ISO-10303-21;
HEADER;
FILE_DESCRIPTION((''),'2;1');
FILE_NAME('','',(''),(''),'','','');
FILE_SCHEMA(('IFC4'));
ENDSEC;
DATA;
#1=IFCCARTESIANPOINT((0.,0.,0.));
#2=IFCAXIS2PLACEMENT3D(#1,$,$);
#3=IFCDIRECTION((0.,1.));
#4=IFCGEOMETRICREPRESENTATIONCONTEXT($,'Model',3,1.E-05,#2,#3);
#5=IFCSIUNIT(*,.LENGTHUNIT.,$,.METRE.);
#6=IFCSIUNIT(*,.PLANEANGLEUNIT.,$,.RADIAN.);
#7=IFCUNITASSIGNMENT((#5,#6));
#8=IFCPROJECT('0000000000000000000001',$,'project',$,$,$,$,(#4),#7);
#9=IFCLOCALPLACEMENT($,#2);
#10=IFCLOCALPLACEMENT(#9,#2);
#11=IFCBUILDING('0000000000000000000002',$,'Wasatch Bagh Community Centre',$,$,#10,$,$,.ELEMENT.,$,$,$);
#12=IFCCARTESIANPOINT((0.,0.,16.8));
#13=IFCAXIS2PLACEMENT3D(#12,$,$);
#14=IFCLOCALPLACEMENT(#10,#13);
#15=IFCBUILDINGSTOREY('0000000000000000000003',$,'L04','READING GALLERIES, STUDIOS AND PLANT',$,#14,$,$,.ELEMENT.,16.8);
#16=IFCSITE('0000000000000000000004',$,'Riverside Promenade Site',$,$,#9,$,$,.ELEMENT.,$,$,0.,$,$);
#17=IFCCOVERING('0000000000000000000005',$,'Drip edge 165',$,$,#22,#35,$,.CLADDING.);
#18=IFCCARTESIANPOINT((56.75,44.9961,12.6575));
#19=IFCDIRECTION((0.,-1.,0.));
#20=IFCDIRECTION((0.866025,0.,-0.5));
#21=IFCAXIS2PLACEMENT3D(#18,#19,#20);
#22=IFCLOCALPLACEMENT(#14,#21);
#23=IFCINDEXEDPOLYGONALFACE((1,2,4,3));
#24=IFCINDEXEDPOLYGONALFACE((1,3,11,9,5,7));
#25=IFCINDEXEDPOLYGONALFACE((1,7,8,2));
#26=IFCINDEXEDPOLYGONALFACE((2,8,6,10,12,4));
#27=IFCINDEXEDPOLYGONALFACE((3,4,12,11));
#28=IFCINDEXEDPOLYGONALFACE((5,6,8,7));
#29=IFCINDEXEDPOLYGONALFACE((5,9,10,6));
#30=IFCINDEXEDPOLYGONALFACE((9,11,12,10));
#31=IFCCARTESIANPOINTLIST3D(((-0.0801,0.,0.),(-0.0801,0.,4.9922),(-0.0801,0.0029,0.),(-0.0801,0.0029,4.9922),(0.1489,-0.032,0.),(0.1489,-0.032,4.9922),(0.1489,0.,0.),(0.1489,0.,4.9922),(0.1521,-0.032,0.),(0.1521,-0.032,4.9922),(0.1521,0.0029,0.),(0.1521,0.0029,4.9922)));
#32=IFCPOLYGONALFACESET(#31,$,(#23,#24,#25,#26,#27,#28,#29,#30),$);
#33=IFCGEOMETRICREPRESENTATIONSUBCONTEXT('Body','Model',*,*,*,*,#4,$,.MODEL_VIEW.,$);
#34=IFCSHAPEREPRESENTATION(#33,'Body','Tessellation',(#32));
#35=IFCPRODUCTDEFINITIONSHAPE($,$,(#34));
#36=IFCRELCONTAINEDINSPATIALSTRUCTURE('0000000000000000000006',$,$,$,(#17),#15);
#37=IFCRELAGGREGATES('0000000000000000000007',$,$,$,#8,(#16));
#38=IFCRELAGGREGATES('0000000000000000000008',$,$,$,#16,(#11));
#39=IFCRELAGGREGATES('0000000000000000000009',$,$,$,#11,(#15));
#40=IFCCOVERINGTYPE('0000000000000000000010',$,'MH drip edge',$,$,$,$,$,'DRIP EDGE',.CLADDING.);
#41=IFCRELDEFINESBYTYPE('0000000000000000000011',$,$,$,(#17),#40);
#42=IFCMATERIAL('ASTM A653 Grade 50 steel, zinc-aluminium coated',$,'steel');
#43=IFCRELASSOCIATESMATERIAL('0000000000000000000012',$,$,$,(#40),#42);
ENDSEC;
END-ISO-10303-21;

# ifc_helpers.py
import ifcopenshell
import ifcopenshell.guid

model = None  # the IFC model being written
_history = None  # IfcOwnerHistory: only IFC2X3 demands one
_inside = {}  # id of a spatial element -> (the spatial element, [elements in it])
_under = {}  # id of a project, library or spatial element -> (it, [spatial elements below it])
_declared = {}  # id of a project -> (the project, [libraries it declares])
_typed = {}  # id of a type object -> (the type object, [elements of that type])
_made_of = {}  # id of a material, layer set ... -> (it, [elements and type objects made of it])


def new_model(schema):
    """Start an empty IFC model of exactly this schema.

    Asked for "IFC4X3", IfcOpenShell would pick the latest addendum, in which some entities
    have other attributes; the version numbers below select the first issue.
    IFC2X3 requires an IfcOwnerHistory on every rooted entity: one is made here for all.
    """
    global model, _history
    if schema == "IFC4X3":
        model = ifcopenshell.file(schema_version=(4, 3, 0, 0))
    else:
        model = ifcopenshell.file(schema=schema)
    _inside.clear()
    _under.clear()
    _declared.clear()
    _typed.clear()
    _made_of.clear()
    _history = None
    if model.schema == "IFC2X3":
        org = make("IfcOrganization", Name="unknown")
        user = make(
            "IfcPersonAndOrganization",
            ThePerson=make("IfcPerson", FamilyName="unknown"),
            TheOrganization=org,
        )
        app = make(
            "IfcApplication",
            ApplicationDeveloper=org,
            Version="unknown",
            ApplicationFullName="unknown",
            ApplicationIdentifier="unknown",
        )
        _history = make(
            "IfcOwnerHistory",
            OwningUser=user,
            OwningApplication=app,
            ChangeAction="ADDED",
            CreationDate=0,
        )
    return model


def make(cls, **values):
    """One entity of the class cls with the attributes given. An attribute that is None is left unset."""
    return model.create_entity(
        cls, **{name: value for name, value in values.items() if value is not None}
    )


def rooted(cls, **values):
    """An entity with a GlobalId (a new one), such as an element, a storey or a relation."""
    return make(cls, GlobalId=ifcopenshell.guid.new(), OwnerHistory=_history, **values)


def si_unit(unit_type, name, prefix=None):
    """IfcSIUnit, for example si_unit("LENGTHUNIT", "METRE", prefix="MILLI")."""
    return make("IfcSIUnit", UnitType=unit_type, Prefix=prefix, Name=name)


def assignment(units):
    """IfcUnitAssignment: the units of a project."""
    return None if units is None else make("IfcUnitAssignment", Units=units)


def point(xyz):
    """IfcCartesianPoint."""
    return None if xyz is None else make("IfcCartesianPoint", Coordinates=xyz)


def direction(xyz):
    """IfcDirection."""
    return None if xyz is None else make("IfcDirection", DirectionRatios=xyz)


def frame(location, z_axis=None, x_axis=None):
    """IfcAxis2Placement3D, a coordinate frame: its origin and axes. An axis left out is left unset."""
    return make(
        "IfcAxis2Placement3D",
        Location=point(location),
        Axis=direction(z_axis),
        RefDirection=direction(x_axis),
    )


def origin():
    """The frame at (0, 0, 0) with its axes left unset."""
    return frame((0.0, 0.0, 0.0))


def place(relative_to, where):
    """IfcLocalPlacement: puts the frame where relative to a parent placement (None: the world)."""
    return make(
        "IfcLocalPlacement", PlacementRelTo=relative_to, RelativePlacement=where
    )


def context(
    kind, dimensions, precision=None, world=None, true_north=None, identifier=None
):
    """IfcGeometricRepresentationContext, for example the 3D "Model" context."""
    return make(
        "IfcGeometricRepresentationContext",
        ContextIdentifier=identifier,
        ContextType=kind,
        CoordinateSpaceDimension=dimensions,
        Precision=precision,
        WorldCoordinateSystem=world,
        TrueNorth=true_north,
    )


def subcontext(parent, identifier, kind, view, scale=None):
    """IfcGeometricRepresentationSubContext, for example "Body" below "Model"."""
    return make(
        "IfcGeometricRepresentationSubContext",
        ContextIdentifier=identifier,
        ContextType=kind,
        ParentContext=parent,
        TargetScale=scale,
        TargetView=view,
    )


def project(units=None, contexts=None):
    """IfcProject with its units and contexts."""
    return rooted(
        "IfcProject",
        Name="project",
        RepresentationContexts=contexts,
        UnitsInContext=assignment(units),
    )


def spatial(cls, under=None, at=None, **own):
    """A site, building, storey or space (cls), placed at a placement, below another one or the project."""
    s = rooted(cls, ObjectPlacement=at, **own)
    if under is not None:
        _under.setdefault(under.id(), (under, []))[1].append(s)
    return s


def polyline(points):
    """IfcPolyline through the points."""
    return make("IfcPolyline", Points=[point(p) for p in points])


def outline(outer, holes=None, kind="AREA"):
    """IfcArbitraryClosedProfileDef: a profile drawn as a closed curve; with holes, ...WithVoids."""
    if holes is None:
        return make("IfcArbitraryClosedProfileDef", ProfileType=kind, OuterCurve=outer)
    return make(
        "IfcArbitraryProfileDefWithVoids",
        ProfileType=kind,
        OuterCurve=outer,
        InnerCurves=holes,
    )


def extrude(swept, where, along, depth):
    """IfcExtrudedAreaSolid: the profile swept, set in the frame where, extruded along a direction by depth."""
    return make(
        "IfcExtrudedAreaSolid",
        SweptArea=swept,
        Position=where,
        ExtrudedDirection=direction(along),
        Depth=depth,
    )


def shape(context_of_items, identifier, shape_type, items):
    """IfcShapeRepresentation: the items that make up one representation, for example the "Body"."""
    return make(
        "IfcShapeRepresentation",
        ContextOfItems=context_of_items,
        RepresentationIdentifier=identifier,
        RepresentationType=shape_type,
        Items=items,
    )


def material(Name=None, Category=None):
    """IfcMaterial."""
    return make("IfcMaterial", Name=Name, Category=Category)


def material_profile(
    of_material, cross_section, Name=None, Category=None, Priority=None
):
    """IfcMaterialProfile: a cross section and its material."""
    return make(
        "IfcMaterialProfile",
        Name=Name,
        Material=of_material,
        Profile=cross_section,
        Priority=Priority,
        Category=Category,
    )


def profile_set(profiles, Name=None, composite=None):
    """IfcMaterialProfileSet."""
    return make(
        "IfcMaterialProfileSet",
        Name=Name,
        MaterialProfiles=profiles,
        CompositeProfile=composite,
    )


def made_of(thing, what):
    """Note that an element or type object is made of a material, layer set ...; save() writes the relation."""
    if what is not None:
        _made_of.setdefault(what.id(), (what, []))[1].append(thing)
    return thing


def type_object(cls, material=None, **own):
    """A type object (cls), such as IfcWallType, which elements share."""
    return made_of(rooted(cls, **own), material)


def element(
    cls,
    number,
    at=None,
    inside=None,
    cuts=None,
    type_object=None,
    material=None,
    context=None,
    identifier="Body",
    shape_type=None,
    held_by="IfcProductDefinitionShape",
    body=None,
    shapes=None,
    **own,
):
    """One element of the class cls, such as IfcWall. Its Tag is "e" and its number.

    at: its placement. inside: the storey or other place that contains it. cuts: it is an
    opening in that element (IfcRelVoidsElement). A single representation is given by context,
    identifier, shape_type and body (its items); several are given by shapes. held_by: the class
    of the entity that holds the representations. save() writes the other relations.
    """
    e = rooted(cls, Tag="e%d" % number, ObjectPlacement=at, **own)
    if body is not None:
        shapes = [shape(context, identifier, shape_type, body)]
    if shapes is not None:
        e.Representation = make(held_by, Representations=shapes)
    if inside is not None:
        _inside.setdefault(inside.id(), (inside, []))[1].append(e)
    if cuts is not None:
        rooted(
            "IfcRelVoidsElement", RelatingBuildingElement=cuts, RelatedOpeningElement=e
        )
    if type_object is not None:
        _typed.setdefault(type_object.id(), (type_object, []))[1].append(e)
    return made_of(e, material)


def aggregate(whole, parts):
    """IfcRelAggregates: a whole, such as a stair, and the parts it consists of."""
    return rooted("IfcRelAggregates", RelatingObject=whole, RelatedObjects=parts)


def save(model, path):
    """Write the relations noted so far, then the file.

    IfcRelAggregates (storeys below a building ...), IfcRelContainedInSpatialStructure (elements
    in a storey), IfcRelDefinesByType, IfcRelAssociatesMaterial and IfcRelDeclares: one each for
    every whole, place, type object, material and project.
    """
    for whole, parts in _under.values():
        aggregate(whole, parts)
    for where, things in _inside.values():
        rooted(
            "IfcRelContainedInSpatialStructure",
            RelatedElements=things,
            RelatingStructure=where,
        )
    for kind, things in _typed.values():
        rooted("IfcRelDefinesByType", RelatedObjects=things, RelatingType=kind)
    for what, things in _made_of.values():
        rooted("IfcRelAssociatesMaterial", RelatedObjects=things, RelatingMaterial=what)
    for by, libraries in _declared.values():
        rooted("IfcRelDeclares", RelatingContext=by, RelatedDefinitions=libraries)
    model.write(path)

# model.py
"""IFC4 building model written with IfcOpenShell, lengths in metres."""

from ifc_helpers import new_model, si_unit, direction, frame, origin, place, context, subcontext, project, spatial, polyline, outline, extrude, material, material_profile, profile_set, type_object, element, save


model = new_model("IFC4")

# Units and contexts
model_context = context("Model", 3, precision=1e-05, world=origin(), true_north=direction((0.0, 1.0)))
body_context = subcontext(model_context, "Body", "Model", "MODEL_VIEW")
ifc_project = project(units=[si_unit("LENGTHUNIT", "METRE"), si_unit("PLANEANGLEUNIT", "RADIAN")], contexts=[model_context])

# Site, building, storey
site_placement = place(None, origin())
site = spatial("IfcSite", under=ifc_project, at=site_placement, Name="Riverside Promenade Site", CompositionType="ELEMENT", RefElevation=0.0)
building_placement = place(site_placement, origin())
building = spatial("IfcBuilding", under=site, at=building_placement, Name="Wasatch Bagh Community Centre", CompositionType="ELEMENT")
storey_placement = place(building_placement, frame((0.0, 0.0, 16.8)))
storey = spatial("IfcBuildingStorey", under=building, at=storey_placement, Name="L04", Description="READING GALLERIES, STUDIOS AND PLANT", CompositionType="ELEMENT", Elevation=16.8)

# Covering
ifc_material_1 = material(Name="ASTM A653 Grade 50 steel, zinc-aluminium coated", Category="steel")
ifc_material_profile_1 = material_profile(ifc_material_1, outline(polyline([(-0.0801, 0.0029), (0.1521, 0.0029), (0.1521, -0.032), (0.1489, -0.032), (0.1489, 0.0), (-0.0801, 0.0), (-0.0801, 0.0029)])), Name="DRIP EDGE")
ifc_profile_set_1 = profile_set([ifc_material_profile_1], Name="ASTM A653 Grade 50 steel, zinc-aluminium coated")
covering_type_1 = type_object("IfcCoveringType", Name="MH drip edge", ElementType="DRIP EDGE", PredefinedType="CLADDING", material=ifc_profile_set_1)
covering_1_placement = place(storey_placement, frame((56.75, 44.9961, 12.6575), z_axis=(0.0, -1.0, 0.0), x_axis=(0.866025, 0.0, -0.5)))
element("IfcCovering", 1, at=covering_1_placement, inside=storey, type_object=covering_type_1, Name="Drip edge 165", PredefinedType="CLADDING", context=body_context, shape_type="SweptSolid", body=[
    extrude(outline(polyline([(-0.0801, 0.0029), (0.1521, 0.0029), (0.1521, -0.032), (0.1489, -0.032), (0.1489, 0.0), (-0.0801, 0.0), (-0.0801, 0.0029)])), origin(), (0.0, 0.0, 1.0), 4.9922),
])

save(model, "model.ifc")
